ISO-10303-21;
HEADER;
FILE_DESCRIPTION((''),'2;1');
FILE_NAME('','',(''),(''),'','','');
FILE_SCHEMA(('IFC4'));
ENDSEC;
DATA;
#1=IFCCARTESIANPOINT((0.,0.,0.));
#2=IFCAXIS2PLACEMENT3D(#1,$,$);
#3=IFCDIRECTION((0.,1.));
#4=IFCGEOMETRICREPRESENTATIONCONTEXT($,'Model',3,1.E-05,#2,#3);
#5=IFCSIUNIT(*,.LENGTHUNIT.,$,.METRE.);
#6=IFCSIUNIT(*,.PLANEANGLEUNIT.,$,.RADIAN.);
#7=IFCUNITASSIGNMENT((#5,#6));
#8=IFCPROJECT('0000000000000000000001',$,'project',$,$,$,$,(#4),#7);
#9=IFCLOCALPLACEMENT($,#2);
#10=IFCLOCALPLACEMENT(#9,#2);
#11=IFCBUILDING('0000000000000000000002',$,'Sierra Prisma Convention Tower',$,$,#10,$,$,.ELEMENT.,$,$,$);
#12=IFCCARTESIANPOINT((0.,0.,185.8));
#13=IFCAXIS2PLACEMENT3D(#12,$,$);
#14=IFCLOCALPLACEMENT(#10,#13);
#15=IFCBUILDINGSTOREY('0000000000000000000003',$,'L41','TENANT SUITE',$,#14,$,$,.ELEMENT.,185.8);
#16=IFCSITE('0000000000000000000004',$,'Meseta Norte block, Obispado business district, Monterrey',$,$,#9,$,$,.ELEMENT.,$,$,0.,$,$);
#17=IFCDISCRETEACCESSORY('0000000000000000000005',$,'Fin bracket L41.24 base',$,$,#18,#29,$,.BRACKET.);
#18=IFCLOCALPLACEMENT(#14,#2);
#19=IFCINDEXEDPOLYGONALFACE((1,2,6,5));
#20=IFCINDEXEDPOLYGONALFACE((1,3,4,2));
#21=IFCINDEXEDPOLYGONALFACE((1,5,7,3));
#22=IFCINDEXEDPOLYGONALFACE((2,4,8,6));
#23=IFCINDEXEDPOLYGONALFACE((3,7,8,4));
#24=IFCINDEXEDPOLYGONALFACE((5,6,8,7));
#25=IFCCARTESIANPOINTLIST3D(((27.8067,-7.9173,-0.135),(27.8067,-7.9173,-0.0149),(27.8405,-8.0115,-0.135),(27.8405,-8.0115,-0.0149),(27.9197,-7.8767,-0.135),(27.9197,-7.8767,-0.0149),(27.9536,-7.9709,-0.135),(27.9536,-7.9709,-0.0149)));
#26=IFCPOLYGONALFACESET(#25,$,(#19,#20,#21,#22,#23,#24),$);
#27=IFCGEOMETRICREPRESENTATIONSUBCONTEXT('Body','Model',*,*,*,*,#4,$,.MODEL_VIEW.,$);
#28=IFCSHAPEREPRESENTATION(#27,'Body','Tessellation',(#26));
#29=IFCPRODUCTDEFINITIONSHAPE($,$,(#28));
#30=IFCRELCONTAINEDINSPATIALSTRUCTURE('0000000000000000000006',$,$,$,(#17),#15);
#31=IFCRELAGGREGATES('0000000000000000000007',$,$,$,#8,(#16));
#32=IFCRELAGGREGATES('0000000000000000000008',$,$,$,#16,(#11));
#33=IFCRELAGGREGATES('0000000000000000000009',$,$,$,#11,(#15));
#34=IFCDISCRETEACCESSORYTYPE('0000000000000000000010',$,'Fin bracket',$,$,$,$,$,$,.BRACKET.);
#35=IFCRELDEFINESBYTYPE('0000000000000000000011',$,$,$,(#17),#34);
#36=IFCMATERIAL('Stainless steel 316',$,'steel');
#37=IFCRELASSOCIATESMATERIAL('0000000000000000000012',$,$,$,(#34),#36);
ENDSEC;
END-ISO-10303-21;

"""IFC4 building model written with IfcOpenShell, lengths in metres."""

from ifc_helpers import new_model, si_unit, direction, frame, origin, origin_2d, place, context, subcontext, project, spatial, rectangle, extrude, material, type_object, element, save


model = new_model("IFC4")

# Units and contexts
model_context = context("Model", 3, precision=1e-05, world=origin(), true_north=direction((0.0, 1.0)))
body_context = subcontext(model_context, "Body", "Model", "MODEL_VIEW")
ifc_project = project(units=[si_unit("LENGTHUNIT", "METRE"), si_unit("PLANEANGLEUNIT", "RADIAN")], contexts=[model_context])

# Site, building, storey
site_placement = place(None, origin())
site = spatial("IfcSite", under=ifc_project, at=site_placement, Name="Meseta Norte block, Obispado business district, Monterrey", CompositionType="ELEMENT", RefElevation=0.0)
building_placement = place(site_placement, origin())
building = spatial("IfcBuilding", under=site, at=building_placement, Name="Sierra Prisma Convention Tower", CompositionType="ELEMENT")
storey_placement = place(building_placement, frame((0.0, 0.0, 185.8)))
storey = spatial("IfcBuildingStorey", under=building, at=storey_placement, Name="L41", Description="TENANT SUITE", CompositionType="ELEMENT", Elevation=185.8)

# Discrete accessory
ifc_material_1 = material(Name="Stainless steel 316", Category="steel")
discrete_accessory_type = type_object("IfcDiscreteAccessoryType", Name="Fin bracket", PredefinedType="BRACKET", material=ifc_material_1)
for number, where, z_axis, x_axis, name in (
    (1, (27.8801, -7.9441, -0.135), (0.0, 0.0, 1.0), (0.941072, 0.338207, 0.0), "Fin bracket L41.24 base"),
):
    element("IfcDiscreteAccessory", number, at=place(storey_placement, frame(where, z_axis=z_axis, x_axis=x_axis)), inside=storey, type_object=discrete_accessory_type, Name=name, PredefinedType="BRACKET", context=body_context, shape_type="SweptSolid", body=[
        extrude(rectangle(XDim=0.1201, YDim=0.1001, at=origin_2d()), origin(), (0.0, 0.0, 1.0), 0.1201),
    ])

save(model, "model.ifc")
